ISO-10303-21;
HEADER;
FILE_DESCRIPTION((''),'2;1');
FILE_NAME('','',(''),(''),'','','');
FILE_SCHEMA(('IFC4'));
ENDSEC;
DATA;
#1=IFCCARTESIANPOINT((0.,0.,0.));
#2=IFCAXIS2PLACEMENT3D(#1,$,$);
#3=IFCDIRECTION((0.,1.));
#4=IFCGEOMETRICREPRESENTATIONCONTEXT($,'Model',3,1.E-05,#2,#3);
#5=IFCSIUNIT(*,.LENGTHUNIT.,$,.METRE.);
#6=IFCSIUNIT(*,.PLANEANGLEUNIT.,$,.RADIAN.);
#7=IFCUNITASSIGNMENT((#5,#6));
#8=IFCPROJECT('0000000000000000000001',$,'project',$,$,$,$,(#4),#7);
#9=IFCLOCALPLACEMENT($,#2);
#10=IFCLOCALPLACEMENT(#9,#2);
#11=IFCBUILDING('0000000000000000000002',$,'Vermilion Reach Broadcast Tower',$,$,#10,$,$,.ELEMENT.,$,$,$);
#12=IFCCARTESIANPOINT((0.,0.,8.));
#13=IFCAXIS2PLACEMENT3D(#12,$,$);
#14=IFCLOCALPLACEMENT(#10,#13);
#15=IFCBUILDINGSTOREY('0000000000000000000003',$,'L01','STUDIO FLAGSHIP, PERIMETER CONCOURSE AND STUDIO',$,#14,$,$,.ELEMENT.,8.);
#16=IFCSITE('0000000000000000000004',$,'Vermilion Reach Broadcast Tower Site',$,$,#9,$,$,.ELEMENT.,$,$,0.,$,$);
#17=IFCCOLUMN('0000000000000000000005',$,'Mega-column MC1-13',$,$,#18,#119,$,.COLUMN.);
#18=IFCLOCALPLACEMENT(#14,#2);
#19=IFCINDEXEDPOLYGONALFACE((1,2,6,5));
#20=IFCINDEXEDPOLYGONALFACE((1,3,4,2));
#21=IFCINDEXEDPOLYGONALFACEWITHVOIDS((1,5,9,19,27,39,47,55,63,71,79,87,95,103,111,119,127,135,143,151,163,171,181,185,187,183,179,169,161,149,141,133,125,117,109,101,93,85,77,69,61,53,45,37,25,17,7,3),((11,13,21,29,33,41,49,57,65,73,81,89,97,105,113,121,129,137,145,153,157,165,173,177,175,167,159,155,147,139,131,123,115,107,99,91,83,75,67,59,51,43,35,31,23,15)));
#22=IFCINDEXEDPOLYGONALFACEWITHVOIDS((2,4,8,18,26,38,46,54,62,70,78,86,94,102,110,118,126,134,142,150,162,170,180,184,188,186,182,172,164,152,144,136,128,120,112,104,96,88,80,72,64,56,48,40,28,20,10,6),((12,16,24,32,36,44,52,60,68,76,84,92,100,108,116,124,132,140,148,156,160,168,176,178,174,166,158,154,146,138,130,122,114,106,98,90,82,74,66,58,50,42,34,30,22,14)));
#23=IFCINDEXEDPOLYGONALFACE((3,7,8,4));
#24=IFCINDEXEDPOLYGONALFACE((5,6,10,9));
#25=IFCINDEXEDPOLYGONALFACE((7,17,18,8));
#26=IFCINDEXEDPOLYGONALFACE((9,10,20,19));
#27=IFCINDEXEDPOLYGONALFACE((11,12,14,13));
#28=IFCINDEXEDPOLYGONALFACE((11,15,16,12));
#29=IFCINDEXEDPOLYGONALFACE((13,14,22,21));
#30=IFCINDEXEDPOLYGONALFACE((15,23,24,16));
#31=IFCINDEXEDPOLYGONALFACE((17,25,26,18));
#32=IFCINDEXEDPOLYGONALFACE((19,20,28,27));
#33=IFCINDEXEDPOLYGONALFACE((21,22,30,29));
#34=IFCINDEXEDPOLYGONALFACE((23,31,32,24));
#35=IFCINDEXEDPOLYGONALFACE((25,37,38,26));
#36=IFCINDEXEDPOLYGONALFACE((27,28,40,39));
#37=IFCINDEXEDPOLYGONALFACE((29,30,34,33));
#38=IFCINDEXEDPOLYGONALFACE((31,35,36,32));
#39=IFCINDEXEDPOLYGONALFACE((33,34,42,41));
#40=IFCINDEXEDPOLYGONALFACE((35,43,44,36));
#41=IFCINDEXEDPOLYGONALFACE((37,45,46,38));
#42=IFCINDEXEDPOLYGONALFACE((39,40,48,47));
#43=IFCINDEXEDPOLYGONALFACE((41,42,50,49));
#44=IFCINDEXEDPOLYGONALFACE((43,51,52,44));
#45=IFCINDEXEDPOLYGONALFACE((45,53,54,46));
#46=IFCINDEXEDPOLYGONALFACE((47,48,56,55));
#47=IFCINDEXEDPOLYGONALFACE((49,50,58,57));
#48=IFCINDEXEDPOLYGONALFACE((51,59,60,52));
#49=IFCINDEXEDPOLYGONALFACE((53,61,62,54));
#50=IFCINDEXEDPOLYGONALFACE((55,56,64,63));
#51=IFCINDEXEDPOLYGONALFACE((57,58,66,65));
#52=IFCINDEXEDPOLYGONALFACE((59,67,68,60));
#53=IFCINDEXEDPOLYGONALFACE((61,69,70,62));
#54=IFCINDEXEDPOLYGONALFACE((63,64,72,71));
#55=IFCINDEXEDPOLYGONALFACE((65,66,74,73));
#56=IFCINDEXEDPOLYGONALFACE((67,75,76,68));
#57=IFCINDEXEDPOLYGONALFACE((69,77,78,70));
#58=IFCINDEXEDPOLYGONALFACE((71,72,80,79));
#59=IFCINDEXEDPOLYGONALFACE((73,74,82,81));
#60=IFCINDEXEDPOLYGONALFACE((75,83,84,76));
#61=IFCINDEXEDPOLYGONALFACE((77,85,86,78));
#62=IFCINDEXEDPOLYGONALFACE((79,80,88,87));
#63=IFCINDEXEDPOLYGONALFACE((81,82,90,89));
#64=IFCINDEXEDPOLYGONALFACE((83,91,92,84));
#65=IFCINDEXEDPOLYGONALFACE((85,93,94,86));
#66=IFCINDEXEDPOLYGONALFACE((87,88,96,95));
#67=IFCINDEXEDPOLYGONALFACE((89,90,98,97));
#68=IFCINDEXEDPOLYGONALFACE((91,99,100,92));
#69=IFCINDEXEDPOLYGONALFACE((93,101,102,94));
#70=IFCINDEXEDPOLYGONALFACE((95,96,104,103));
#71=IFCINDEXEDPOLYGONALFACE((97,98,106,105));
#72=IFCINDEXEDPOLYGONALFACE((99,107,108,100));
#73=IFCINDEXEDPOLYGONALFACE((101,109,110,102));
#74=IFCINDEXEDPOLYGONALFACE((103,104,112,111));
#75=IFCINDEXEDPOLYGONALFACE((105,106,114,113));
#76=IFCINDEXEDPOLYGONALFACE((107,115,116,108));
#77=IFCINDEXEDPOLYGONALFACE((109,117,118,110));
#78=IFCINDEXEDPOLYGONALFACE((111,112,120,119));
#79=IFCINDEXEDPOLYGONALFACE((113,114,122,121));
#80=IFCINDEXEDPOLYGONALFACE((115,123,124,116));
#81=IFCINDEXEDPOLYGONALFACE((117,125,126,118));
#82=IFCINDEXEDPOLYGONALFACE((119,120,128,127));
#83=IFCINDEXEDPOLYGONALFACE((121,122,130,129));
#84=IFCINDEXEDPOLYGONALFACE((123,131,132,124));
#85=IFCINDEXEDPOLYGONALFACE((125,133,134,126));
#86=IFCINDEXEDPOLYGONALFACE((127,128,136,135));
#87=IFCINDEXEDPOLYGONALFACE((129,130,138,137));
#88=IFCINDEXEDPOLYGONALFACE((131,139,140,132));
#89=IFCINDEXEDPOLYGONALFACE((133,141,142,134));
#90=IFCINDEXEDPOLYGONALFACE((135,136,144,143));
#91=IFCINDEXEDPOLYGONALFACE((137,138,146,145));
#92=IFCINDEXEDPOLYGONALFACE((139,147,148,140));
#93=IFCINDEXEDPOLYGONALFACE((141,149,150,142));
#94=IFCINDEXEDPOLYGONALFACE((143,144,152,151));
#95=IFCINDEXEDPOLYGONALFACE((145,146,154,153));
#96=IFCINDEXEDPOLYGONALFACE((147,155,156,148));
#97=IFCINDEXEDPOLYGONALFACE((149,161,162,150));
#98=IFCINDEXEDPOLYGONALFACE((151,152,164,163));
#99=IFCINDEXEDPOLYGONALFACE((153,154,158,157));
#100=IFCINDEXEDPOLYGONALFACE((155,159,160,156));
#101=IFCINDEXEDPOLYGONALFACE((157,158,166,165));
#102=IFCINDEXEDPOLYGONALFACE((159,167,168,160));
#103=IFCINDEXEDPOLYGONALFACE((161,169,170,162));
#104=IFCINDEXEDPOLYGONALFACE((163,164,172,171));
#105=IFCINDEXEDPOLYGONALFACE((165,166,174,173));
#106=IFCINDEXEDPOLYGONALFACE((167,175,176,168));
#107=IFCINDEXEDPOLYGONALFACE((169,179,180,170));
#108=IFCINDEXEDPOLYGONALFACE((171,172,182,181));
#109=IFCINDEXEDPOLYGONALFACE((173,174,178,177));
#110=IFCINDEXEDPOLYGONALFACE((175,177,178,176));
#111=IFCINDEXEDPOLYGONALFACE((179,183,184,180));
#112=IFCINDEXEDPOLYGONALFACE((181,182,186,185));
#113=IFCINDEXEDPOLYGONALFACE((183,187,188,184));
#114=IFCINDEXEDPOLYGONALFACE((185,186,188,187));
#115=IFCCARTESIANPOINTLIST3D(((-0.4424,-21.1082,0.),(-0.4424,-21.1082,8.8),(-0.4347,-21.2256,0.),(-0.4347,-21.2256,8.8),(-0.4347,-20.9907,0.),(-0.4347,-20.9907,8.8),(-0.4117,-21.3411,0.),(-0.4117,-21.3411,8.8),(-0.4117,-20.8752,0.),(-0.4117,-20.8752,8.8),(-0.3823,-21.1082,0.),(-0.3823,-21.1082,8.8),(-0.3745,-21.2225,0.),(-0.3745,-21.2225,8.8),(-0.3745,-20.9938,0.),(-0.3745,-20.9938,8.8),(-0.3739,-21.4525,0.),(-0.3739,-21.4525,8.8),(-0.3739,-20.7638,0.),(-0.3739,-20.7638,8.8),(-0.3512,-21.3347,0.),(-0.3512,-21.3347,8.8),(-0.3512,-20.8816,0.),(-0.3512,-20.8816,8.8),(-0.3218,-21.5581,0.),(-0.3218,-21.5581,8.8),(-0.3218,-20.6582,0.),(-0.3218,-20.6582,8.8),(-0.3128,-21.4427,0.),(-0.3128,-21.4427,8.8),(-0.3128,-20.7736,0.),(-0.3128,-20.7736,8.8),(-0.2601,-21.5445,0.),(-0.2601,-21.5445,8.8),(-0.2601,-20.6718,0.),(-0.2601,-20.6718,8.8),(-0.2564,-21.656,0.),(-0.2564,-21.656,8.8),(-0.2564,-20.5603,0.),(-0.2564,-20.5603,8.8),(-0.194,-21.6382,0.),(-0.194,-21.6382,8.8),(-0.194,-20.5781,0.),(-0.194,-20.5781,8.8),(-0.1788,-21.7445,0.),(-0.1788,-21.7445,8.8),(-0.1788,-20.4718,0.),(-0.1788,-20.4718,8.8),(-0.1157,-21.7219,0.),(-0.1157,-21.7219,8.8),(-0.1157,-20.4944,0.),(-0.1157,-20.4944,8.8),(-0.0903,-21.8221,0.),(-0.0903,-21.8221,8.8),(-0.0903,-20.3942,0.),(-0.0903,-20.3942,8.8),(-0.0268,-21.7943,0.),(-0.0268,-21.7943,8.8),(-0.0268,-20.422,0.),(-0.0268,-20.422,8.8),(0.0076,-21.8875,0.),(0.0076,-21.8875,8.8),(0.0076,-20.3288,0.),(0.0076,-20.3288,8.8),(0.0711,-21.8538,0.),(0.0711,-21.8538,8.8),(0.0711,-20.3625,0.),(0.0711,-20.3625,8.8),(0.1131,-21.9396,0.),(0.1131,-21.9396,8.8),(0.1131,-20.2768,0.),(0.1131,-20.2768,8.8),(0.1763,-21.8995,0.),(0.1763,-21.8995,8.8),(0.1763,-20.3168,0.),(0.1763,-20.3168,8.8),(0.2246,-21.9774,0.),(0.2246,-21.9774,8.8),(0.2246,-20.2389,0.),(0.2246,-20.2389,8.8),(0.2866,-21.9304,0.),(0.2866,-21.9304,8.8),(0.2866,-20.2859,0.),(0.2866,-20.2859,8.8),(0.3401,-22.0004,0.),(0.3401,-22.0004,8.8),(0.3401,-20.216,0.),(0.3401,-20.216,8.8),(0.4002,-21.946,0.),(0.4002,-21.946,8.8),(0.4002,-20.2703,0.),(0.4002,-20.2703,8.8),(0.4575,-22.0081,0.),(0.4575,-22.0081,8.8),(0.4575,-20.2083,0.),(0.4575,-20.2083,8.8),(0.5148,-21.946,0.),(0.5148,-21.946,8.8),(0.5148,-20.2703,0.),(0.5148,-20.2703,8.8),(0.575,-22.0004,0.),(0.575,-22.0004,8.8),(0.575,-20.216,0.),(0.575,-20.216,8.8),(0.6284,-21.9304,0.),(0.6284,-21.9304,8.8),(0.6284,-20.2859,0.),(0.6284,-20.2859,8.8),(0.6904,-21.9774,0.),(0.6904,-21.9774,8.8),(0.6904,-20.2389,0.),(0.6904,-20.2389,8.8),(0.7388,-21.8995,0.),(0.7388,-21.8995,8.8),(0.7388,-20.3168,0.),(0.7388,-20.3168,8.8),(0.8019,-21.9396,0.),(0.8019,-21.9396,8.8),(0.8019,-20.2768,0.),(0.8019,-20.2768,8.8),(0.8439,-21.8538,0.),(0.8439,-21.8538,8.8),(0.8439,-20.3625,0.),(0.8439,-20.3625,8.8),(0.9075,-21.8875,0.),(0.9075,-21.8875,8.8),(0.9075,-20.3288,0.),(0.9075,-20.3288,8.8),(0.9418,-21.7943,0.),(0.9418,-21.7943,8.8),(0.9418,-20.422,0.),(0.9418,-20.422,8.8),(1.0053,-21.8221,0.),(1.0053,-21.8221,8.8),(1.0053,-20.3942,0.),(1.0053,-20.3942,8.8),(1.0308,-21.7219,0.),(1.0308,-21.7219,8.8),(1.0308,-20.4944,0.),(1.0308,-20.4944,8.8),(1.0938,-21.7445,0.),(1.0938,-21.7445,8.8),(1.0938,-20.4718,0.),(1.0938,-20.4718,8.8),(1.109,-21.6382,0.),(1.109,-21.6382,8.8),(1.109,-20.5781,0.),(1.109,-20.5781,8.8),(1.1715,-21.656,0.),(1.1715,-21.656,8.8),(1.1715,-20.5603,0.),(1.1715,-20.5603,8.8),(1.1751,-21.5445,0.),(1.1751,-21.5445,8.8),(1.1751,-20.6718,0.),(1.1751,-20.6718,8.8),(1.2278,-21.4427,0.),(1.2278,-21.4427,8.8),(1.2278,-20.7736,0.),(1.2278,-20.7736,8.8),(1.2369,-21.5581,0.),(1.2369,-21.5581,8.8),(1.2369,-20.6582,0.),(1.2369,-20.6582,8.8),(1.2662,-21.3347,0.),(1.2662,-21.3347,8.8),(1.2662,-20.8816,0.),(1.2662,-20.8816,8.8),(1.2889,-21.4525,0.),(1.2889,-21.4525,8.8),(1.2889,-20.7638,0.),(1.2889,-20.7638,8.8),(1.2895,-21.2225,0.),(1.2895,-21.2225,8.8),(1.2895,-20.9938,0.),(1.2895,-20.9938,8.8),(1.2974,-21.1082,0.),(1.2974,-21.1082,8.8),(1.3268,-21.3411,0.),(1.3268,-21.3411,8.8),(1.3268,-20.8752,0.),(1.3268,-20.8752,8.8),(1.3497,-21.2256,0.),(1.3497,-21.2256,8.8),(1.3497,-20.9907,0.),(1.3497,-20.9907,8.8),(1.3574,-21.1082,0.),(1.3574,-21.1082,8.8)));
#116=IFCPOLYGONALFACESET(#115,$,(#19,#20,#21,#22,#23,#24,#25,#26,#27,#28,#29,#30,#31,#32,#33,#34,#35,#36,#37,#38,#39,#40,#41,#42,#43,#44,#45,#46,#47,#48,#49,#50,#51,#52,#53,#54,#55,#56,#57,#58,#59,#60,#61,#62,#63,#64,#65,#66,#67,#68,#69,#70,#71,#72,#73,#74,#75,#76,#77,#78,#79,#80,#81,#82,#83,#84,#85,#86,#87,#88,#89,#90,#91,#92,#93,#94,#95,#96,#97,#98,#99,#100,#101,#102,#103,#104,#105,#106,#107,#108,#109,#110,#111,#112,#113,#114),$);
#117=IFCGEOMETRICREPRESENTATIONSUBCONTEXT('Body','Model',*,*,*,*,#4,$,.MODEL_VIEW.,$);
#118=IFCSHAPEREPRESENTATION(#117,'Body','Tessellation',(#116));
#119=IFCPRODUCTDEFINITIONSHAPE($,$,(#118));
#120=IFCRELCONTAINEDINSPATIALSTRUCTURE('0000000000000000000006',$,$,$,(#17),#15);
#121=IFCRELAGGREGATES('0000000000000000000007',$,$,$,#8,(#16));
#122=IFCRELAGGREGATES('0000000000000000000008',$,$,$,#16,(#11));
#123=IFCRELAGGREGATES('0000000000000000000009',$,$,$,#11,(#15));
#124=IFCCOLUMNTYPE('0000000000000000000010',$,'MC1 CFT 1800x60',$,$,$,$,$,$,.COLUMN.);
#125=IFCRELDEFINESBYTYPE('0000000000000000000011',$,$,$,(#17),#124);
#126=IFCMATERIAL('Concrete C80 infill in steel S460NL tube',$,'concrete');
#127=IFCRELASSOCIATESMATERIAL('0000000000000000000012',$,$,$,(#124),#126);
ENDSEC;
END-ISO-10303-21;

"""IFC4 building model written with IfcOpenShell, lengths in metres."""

from ifc_helpers import new_model, si_unit, direction, frame, origin, origin_2d, place, context, subcontext, project, spatial, hollow_circle, extrude, material, material_profile, profile_set, type_object, element, save


model = new_model("IFC4")

# Units and contexts
model_context = context("Model", 3, precision=1e-05, world=origin(), true_north=direction((0.0, 1.0)))
body_context = subcontext(model_context, "Body", "Model", "MODEL_VIEW")
ifc_project = project(units=[si_unit("LENGTHUNIT", "METRE"), si_unit("PLANEANGLEUNIT", "RADIAN")], contexts=[model_context])

# Site, building, storey
site_placement = place(None, origin())
site = spatial("IfcSite", under=ifc_project, at=site_placement, Name="Vermilion Reach Broadcast Tower Site", CompositionType="ELEMENT", RefElevation=0.0)
building_placement = place(site_placement, origin())
building = spatial("IfcBuilding", under=site, at=building_placement, Name="Vermilion Reach Broadcast Tower", CompositionType="ELEMENT")
storey_placement = place(building_placement, frame((0.0, 0.0, 8.0)))
storey = spatial("IfcBuildingStorey", under=building, at=storey_placement, Name="L01", Description="STUDIO FLAGSHIP, PERIMETER CONCOURSE AND STUDIO", CompositionType="ELEMENT", Elevation=8.0)

# Column
ifc_material_1 = material(Name="Concrete C80 infill in steel S460NL tube", Category="concrete")
ifc_material_profile_1 = material_profile(ifc_material_1, hollow_circle(Radius=0.8999, WallThickness=0.0601, at=origin_2d()), Name="Concrete C80 infill in steel S460NL tube CFT 1800x60")
ifc_profile_set_1 = profile_set([ifc_material_profile_1], Name="Concrete C80 infill in steel S460NL tube")
column_type = type_object("IfcColumnType", Name="MC1 CFT 1800x60", PredefinedType="COLUMN", material=ifc_profile_set_1)
for number, where, z_axis, x_axis, name in (
    (1, (0.4575, -21.1082, 0.0), (0.0, 0.0, 1.0), (1.0, 0.0, 0.0), "Mega-column MC1-13"),
):
    element("IfcColumn", number, at=place(storey_placement, frame(where, z_axis=z_axis, x_axis=x_axis)), inside=storey, type_object=column_type, Name=name, PredefinedType="COLUMN", context=body_context, shape_type="SweptSolid", body=[
        extrude(hollow_circle(Radius=0.8999, WallThickness=0.0601, at=origin_2d()), origin(), (0.0, 0.0, 1.0), 8.8),
    ])

save(model, "model.ifc")
